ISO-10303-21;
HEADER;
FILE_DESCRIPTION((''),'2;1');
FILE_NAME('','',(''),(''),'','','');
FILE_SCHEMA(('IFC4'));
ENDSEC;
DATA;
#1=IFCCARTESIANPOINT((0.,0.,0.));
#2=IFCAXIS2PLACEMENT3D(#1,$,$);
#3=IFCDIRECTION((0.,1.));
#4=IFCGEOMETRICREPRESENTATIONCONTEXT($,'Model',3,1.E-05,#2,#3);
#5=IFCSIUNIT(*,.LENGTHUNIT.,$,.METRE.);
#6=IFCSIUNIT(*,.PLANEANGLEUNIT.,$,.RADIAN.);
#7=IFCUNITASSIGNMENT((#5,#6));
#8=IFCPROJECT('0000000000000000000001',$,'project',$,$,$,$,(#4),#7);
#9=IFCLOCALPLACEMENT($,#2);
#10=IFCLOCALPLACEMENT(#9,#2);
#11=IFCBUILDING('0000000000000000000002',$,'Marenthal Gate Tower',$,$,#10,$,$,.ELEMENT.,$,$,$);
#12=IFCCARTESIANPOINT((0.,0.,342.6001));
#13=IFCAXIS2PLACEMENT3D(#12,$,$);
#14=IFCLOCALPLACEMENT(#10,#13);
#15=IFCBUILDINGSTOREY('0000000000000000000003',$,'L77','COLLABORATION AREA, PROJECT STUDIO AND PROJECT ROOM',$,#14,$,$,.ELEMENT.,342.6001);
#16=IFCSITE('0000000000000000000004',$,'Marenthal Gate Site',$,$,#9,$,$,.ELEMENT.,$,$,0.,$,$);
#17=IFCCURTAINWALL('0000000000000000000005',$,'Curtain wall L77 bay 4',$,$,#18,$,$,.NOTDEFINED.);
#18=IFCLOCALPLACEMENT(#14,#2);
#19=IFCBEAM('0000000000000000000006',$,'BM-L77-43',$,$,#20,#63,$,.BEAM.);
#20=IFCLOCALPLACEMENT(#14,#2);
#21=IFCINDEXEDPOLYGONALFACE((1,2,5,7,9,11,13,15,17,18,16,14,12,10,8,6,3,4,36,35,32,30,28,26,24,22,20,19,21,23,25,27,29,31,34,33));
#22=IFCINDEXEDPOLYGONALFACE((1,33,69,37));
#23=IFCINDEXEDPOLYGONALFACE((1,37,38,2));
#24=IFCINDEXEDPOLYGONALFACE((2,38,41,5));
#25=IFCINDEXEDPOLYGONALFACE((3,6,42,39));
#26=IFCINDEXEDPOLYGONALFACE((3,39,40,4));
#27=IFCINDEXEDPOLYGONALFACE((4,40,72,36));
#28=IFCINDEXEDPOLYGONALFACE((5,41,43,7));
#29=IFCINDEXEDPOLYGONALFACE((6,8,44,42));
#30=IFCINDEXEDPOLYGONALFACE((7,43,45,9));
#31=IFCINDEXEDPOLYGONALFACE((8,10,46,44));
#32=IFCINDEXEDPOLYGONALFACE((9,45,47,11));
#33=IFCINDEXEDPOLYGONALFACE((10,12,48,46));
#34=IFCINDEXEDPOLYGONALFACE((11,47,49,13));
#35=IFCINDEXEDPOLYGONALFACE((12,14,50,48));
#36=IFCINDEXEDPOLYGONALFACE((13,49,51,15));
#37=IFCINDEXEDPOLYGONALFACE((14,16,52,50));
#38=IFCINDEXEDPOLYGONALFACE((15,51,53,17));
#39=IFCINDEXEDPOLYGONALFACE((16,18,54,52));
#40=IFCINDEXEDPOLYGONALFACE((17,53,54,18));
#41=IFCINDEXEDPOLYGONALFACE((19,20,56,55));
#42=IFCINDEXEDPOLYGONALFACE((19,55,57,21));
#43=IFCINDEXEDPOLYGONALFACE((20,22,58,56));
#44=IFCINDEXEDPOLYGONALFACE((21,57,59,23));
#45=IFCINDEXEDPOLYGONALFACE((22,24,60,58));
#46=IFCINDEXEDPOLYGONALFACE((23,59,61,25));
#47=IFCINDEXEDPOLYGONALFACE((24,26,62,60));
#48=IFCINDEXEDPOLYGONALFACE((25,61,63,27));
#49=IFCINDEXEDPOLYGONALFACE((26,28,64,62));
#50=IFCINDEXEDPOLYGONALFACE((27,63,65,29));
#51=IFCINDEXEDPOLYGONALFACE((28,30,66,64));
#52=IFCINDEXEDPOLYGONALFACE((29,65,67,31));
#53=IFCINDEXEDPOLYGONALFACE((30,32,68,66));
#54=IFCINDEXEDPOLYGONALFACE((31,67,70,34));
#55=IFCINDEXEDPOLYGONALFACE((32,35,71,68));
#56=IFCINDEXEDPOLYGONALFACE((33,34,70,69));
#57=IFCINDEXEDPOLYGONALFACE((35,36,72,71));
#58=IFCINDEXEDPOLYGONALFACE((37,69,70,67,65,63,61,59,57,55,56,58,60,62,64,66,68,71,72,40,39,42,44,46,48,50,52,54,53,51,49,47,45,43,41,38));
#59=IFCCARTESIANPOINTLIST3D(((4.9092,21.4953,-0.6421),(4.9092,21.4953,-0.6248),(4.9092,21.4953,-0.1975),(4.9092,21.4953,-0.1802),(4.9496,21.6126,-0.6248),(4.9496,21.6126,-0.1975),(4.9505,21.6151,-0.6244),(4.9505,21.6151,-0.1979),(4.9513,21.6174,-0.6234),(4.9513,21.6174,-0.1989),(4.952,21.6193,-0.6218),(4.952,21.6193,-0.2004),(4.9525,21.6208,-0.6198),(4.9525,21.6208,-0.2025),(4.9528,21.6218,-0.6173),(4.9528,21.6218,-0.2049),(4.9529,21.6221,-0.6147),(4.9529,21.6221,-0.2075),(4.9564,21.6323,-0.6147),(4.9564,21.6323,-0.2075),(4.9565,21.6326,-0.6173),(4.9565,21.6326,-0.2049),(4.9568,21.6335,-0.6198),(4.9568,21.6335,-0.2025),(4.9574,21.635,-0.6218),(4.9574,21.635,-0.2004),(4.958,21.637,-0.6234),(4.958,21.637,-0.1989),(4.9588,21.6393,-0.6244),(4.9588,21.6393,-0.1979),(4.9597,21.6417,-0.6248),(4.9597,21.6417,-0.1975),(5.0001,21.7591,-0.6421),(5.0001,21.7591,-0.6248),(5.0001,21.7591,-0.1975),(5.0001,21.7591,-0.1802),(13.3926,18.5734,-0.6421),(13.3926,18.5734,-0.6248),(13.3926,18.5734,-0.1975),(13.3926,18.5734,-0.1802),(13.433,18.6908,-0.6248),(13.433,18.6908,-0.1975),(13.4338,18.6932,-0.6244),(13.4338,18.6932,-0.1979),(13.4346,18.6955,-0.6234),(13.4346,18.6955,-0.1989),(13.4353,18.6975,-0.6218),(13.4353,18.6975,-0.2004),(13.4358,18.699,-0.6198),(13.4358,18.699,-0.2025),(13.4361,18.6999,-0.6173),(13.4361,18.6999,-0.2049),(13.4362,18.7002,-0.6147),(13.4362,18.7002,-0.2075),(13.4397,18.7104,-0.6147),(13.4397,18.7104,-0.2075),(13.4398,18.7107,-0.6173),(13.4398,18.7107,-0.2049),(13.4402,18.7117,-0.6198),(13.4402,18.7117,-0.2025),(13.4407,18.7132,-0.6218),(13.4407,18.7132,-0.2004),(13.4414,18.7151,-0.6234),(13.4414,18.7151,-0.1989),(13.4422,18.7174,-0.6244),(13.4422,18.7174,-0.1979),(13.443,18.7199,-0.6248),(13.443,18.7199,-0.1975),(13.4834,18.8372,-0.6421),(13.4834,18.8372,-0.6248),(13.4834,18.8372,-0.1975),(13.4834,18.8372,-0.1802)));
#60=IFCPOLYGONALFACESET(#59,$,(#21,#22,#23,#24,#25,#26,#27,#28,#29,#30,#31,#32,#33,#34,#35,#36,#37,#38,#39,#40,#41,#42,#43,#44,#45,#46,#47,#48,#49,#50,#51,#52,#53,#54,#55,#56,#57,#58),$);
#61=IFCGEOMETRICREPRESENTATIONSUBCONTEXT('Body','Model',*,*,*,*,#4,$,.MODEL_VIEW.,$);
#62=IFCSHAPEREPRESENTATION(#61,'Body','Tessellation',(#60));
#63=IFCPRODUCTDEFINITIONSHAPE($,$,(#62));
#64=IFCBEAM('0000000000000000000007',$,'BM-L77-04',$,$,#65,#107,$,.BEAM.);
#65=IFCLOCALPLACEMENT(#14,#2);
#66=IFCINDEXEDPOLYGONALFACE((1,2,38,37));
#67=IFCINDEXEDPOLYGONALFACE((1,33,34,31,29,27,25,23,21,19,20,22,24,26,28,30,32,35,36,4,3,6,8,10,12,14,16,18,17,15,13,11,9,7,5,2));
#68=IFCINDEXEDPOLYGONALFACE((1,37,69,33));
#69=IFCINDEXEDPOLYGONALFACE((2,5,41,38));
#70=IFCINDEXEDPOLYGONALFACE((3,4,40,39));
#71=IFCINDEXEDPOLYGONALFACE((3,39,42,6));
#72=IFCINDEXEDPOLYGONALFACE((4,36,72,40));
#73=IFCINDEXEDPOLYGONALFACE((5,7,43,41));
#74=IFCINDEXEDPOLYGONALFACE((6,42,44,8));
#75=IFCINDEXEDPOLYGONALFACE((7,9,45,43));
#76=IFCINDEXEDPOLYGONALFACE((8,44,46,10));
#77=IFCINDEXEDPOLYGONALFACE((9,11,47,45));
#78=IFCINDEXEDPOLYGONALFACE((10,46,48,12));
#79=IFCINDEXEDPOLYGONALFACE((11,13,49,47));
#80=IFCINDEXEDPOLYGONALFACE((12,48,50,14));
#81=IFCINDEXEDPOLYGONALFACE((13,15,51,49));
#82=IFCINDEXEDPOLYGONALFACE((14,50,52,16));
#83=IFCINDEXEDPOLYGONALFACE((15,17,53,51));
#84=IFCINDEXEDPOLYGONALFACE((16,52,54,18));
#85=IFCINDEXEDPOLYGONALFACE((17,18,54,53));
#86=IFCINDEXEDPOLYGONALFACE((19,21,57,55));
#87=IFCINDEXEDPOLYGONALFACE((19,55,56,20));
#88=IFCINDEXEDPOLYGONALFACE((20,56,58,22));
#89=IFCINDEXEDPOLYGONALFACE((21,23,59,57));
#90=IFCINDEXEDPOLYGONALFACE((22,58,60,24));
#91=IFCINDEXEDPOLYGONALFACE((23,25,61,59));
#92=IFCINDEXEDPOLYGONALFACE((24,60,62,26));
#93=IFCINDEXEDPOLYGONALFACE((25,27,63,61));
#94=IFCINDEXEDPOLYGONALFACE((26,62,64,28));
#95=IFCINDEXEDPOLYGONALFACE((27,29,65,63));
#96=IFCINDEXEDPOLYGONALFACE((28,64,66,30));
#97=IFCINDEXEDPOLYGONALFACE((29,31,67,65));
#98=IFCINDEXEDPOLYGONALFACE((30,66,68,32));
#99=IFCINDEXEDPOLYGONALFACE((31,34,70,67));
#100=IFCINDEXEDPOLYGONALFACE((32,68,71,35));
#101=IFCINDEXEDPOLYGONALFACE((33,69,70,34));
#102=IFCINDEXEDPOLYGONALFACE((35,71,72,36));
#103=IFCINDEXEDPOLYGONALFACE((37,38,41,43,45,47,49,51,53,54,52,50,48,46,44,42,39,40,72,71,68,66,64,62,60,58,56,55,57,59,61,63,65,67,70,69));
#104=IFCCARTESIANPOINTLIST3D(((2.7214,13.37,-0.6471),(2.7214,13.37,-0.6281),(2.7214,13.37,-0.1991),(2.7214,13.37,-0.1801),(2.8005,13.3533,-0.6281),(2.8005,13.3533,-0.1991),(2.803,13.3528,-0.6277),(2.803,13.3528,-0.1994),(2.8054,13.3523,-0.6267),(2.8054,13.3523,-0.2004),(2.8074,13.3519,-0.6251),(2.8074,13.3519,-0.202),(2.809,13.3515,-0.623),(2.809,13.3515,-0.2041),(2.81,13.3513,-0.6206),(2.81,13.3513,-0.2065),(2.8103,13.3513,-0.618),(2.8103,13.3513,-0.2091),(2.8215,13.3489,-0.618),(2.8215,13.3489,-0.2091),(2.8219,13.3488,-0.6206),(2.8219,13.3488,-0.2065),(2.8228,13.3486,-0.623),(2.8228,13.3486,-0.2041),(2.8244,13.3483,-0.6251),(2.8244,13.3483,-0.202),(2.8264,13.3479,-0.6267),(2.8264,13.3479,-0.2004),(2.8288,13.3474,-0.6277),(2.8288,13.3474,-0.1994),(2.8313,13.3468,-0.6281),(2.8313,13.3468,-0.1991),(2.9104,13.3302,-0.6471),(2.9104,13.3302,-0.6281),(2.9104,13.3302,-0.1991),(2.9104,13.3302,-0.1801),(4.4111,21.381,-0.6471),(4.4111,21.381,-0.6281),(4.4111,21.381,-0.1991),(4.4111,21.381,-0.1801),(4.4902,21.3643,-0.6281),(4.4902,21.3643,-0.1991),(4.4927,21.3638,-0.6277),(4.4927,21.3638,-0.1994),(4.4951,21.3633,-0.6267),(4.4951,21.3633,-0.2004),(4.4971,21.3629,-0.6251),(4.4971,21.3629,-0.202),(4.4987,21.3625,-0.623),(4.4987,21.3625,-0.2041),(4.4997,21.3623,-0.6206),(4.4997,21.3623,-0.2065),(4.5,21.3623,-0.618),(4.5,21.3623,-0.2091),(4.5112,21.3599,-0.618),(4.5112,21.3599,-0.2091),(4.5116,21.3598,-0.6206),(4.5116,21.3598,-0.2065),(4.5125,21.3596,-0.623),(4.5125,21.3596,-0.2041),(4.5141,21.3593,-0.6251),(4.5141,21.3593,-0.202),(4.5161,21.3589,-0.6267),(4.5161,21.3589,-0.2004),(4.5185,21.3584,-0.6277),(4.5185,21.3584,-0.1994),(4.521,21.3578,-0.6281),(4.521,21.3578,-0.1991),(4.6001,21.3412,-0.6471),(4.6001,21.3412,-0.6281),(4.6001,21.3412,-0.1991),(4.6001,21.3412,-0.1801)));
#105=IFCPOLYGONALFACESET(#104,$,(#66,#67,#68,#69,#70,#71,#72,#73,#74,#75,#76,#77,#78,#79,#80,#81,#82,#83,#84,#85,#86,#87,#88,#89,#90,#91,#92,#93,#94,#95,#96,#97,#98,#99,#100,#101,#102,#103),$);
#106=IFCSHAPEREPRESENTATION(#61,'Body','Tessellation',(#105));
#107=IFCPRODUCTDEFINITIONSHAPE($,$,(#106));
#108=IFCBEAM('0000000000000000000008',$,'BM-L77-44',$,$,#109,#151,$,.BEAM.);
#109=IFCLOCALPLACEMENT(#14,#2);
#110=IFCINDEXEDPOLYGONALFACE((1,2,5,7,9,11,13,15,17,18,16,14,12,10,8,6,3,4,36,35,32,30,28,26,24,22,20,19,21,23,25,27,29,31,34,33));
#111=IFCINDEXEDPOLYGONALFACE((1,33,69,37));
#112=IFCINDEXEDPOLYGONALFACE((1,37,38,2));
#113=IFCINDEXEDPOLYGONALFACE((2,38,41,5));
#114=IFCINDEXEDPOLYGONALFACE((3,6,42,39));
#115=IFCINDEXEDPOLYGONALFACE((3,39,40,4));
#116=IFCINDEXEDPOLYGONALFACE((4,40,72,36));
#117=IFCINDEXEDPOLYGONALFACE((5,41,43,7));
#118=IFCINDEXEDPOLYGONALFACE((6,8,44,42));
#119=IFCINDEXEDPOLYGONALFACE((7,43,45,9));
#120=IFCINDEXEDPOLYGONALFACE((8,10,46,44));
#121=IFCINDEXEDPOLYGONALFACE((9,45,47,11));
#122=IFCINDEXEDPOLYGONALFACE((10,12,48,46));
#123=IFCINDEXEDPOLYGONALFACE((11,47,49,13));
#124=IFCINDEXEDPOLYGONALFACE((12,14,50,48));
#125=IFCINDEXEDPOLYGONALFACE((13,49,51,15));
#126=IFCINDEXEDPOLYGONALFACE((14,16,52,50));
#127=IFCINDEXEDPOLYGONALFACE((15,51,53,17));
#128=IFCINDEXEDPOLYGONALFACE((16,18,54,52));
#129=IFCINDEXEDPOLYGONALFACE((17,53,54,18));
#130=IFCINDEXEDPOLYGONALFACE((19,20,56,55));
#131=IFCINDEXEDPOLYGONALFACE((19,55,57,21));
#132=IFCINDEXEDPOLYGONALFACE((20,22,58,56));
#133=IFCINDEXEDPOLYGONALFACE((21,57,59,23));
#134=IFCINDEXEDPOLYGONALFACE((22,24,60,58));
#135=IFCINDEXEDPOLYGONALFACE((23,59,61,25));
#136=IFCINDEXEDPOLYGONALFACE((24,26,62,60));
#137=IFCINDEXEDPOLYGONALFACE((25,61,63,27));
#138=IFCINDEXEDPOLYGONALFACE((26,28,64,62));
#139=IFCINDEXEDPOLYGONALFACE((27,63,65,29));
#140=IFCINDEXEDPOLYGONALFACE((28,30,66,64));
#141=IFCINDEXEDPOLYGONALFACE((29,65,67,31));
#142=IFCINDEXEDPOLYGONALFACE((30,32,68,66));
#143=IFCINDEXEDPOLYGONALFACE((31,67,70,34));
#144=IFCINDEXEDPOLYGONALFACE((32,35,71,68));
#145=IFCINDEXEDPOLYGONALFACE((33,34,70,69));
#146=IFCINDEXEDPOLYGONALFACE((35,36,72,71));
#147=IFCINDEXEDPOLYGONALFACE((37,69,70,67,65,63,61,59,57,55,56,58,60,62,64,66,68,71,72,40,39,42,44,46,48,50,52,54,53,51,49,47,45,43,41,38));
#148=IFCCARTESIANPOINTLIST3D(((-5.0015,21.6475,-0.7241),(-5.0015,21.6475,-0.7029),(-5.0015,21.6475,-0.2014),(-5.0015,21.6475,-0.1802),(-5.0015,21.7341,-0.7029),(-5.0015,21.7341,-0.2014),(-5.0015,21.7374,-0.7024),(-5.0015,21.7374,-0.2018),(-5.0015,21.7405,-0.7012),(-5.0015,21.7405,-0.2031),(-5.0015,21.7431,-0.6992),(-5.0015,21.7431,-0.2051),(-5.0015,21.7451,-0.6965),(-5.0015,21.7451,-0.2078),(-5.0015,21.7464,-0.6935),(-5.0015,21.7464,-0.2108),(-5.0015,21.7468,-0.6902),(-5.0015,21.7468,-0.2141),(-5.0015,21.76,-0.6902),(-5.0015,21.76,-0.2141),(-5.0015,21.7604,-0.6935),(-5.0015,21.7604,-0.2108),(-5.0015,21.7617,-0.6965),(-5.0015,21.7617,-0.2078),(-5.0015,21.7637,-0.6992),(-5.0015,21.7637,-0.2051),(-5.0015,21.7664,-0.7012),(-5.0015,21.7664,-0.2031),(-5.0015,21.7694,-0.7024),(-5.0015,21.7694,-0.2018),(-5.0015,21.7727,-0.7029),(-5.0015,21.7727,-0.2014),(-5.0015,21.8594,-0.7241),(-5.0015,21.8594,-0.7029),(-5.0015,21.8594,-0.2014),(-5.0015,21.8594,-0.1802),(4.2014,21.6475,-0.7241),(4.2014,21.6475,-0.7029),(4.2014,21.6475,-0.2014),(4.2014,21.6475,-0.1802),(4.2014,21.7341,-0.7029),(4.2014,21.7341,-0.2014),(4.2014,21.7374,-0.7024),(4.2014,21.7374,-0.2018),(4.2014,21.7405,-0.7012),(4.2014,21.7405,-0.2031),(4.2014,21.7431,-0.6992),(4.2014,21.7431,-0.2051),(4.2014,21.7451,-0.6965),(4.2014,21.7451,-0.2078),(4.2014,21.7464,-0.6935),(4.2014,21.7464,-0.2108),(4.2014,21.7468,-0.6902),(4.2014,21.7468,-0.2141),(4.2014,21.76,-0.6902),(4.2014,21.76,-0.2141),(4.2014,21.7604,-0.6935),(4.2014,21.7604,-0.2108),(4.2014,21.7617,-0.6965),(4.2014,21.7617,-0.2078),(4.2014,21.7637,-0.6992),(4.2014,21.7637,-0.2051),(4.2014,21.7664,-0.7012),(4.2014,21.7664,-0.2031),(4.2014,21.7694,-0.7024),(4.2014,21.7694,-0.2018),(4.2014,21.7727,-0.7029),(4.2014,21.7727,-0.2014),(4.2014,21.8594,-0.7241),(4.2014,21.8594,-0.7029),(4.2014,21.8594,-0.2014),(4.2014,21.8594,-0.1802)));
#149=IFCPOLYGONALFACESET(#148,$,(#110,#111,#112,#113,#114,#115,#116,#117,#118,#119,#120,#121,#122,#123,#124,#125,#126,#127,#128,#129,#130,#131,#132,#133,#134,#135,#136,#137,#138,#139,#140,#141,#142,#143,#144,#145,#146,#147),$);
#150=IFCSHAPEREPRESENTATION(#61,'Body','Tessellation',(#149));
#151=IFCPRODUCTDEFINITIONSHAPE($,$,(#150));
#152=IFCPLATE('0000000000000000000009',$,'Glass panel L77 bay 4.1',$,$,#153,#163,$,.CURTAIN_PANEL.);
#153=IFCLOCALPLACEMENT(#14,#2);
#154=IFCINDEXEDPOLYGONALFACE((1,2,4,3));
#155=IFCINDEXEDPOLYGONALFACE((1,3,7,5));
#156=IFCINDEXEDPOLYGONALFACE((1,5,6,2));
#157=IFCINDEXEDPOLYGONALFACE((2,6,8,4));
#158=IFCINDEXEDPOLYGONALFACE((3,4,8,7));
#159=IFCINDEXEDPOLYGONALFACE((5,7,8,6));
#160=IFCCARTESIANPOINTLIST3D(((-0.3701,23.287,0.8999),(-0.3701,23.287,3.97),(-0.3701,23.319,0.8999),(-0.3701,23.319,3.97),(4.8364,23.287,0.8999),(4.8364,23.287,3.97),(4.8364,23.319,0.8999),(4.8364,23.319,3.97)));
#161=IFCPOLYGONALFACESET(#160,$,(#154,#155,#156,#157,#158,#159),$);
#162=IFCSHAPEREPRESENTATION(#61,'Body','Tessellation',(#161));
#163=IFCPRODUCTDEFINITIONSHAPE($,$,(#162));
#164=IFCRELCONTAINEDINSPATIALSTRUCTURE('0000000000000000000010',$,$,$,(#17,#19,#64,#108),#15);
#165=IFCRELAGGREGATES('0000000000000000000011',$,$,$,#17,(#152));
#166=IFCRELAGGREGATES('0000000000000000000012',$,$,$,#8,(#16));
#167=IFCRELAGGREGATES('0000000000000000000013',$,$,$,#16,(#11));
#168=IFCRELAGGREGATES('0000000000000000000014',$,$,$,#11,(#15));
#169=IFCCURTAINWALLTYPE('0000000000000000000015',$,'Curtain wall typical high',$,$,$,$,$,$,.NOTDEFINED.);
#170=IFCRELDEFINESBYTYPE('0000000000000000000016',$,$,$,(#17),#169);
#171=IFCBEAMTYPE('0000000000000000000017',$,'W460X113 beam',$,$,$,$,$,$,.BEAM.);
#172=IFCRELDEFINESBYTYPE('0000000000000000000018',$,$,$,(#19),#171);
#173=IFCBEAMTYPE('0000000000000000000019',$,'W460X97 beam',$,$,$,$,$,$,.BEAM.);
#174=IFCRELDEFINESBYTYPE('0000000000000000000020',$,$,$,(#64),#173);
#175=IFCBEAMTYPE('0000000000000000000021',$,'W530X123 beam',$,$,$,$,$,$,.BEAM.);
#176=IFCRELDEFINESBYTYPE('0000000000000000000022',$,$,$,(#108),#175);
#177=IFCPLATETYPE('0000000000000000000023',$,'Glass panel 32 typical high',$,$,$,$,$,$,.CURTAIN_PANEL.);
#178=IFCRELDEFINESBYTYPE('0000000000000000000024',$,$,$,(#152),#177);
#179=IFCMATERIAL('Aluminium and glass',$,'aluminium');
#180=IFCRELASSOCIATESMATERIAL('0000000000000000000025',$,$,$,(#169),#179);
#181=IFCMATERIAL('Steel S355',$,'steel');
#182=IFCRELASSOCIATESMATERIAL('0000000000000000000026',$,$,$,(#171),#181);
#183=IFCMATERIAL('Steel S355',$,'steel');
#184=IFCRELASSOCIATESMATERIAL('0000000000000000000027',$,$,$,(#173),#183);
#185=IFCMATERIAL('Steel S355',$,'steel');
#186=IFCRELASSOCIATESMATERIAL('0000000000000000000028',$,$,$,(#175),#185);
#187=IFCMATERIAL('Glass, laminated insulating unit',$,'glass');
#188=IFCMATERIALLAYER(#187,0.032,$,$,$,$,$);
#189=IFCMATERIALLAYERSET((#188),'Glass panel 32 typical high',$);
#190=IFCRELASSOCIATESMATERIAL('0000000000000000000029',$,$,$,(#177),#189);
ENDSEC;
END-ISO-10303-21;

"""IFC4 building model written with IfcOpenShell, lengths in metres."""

from ifc_helpers import new_model, si_unit, direction, frame, origin, origin_2d, place, context, subcontext, project, spatial, rectangle, i_section, extrude, material, layer, layer_set, material_profile, profile_set, type_object, element, aggregate, save


model = new_model("IFC4")

# Units and contexts
model_context = context("Model", 3, precision=1e-05, world=origin(), true_north=direction((0.0, 1.0)))
body_context = subcontext(model_context, "Body", "Model", "MODEL_VIEW")
ifc_project = project(units=[si_unit("LENGTHUNIT", "METRE"), si_unit("PLANEANGLEUNIT", "RADIAN")], contexts=[model_context])

# Site, building, storey
site_placement = place(None, origin())
site = spatial("IfcSite", under=ifc_project, at=site_placement, Name="Marenthal Gate Site", CompositionType="ELEMENT", RefElevation=0.0)
building_placement = place(site_placement, origin())
building = spatial("IfcBuilding", under=site, at=building_placement, Name="Marenthal Gate Tower", CompositionType="ELEMENT")
storey_placement = place(building_placement, frame((0.0, 0.0, 342.6001)))
storey = spatial("IfcBuildingStorey", under=building, at=storey_placement, Name="L77", Description="COLLABORATION AREA, PROJECT STUDIO AND PROJECT ROOM", CompositionType="ELEMENT", Elevation=342.6001)

# Curtain wall
ifc_material_1 = material(Name="Aluminium and glass", Category="aluminium")
curtain_wall_type = type_object("IfcCurtainWallType", Name="Curtain wall typical high", PredefinedType="NOTDEFINED", material=ifc_material_1)
curtain_wall_placement = place(storey_placement, origin())
curtain_wall = element("IfcCurtainWall", 1, at=curtain_wall_placement, inside=storey, type_object=curtain_wall_type, Name="Curtain wall L77 bay 4", PredefinedType="NOTDEFINED")

# Beams
ifc_material_2 = material(Name="Steel S355", Category="steel")
ifc_material_profile_1 = material_profile(ifc_material_2, i_section(OverallWidth=0.2791, OverallDepth=0.4619, WebThickness=0.0107, FlangeThickness=0.0173, FilletRadius=0.01, at=origin_2d()), Name="W460X113")
ifc_profile_set_1 = profile_set([ifc_material_profile_1], Name="Steel S355")
beam_type_1 = type_object("IfcBeamType", Name="W460X113 beam", PredefinedType="BEAM", material=ifc_profile_set_1)
beam_1_placement = place(storey_placement, frame((13.438, 18.7053, -0.4111), z_axis=(-0.945491, 0.325649, 0.0), x_axis=(-0.325649, -0.945491, 0.0)))
element("IfcBeam", 2, at=beam_1_placement, inside=storey, type_object=beam_type_1, Name="BM-L77-43", PredefinedType="BEAM", context=body_context, shape_type="SweptSolid", body=[
    extrude(i_section(OverallWidth=0.2791, OverallDepth=0.4619, WebThickness=0.0107, FlangeThickness=0.0173, FilletRadius=0.01, at=origin_2d()), origin(), (0.0, 0.0, 1.0), 8.9724),
])
ifc_material_3 = material(Name="Steel S355", Category="steel")
ifc_material_profile_2 = material_profile(ifc_material_3, i_section(OverallWidth=0.1931, OverallDepth=0.467, WebThickness=0.0115, FlangeThickness=0.019, FilletRadius=0.01, at=origin_2d()), Name="W460X97")
ifc_profile_set_2 = profile_set([ifc_material_profile_2], Name="Steel S355")
beam_type_2 = type_object("IfcBeamType", Name="W460X97 beam", PredefinedType="BEAM", material=ifc_profile_set_2)
beam_2_placement = place(storey_placement, frame((4.5056, 21.3611, -0.4136), z_axis=(-0.206382, -0.978472, 0.0), x_axis=(0.978472, -0.206382, 0.0)))
element("IfcBeam", 3, at=beam_2_placement, inside=storey, type_object=beam_type_2, Name="BM-L77-04", PredefinedType="BEAM", context=body_context, shape_type="SweptSolid", body=[
    extrude(i_section(OverallWidth=0.1931, OverallDepth=0.467, WebThickness=0.0115, FlangeThickness=0.019, FilletRadius=0.01, at=origin_2d()), origin(), (0.0, 0.0, 1.0), 8.1873),
])
ifc_material_4 = material(Name="Steel S355", Category="steel")
ifc_material_profile_3 = material_profile(ifc_material_4, i_section(OverallWidth=0.2119, OverallDepth=0.5439, WebThickness=0.0132, FlangeThickness=0.0212, FilletRadius=0.0127, at=origin_2d()), Name="W530X123")
ifc_profile_set_3 = profile_set([ifc_material_profile_3], Name="Steel S355")
beam_type_3 = type_object("IfcBeamType", Name="W530X123 beam", PredefinedType="BEAM", material=ifc_profile_set_3)
beam_3_placement = place(storey_placement, frame((4.2014, 21.7534, -0.4521), z_axis=(-1.0, 0.0, 0.0), x_axis=(0.0, -1.0, 0.0)))
element("IfcBeam", 4, at=beam_3_placement, inside=storey, type_object=beam_type_3, Name="BM-L77-44", PredefinedType="BEAM", context=body_context, shape_type="SweptSolid", body=[
    extrude(i_section(OverallWidth=0.2119, OverallDepth=0.5439, WebThickness=0.0132, FlangeThickness=0.0212, FilletRadius=0.0127, at=origin_2d()), origin(), (0.0, 0.0, 1.0), 9.2029),
])

# Plate
ifc_material_5 = material(Name="Glass, laminated insulating unit", Category="glass")
ifc_layer_1 = layer(ifc_material_5, 0.032)
ifc_layer_set_1 = layer_set([ifc_layer_1], Name="Glass panel 32 typical high")
plate_type = type_object("IfcPlateType", Name="Glass panel 32 typical high", PredefinedType="CURTAIN_PANEL", material=ifc_layer_set_1)
plate_placement = place(storey_placement, frame((2.2332, 23.303, 0.8999), z_axis=(0.0, 0.0, 1.0), x_axis=(-1.0, 0.0, 0.0)))
plate = element("IfcPlate", 5, at=plate_placement, type_object=plate_type, Name="Glass panel L77 bay 4.1", PredefinedType="CURTAIN_PANEL", context=body_context, shape_type="SweptSolid", body=[
    extrude(rectangle(XDim=5.2065, YDim=0.032, at=origin_2d()), origin(), (0.0, 0.0, 1.0), 3.0701),
])
aggregate(curtain_wall, [plate])

save(model, "model.ifc")
